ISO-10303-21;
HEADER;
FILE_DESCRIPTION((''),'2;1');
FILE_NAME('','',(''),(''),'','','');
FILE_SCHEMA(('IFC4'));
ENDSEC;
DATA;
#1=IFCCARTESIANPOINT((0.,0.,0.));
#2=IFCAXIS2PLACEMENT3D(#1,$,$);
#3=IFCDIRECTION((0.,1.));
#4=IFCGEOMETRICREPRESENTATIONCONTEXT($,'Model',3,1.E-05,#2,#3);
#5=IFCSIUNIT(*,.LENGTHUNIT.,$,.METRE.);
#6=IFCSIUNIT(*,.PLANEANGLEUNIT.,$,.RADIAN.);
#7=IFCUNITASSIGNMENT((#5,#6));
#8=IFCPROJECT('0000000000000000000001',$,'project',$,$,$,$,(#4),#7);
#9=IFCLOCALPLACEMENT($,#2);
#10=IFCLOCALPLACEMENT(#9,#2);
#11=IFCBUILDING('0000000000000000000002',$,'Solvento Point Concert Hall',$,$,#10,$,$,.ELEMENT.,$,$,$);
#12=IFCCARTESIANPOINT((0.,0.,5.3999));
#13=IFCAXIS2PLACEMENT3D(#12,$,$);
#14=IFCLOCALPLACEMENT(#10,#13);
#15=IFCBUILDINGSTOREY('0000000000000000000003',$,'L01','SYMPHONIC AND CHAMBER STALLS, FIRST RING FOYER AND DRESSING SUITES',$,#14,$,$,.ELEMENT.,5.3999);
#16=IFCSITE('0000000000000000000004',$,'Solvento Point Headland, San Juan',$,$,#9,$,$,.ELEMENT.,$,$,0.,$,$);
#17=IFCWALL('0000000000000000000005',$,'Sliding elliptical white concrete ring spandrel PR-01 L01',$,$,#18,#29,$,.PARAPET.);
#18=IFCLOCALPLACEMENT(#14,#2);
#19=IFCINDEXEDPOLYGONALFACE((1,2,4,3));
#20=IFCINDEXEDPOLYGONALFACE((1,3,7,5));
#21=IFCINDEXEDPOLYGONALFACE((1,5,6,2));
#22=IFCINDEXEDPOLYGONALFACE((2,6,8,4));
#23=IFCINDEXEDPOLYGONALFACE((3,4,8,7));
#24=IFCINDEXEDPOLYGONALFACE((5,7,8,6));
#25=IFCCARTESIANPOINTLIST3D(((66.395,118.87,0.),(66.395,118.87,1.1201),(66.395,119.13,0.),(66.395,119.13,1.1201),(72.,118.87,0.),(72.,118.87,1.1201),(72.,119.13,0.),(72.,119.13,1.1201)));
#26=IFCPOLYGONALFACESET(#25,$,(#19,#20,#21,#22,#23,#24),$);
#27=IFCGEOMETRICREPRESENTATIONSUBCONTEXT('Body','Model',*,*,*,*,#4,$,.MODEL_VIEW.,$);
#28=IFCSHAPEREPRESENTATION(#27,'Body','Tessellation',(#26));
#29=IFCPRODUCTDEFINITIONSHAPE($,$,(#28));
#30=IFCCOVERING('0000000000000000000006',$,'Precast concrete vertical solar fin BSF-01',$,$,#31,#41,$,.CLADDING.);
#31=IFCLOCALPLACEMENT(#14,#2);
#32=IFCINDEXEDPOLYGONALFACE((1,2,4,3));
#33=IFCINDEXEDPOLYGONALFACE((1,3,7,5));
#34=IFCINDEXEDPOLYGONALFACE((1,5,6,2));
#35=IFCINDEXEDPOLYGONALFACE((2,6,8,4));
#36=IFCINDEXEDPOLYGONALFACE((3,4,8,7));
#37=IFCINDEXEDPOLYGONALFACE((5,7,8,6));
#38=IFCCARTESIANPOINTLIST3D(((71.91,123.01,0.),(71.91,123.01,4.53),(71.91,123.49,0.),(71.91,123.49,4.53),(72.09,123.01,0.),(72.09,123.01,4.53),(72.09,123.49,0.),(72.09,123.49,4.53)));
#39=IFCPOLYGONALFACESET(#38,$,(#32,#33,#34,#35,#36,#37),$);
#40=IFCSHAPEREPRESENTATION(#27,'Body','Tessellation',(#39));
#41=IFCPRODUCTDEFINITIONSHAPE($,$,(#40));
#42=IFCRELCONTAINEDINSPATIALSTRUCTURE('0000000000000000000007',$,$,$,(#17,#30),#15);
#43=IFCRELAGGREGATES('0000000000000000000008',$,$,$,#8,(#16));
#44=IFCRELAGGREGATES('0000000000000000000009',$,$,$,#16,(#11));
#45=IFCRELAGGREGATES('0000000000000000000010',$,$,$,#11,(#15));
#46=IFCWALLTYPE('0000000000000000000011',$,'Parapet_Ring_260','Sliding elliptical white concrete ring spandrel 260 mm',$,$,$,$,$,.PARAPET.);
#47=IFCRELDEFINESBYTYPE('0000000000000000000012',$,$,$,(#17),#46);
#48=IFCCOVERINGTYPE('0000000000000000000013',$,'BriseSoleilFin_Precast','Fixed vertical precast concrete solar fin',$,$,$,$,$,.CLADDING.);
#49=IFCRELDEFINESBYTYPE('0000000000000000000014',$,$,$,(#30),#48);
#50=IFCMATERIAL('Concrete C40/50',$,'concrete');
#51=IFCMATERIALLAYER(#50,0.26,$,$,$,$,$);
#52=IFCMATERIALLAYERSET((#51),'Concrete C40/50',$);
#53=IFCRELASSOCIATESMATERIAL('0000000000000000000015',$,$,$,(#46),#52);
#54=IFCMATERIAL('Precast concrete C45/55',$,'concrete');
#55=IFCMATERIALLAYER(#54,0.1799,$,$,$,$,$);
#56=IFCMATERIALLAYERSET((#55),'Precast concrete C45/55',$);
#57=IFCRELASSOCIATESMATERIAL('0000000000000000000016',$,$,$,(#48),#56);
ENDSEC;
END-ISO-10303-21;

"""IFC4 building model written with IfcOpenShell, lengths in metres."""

from ifc_helpers import new_model, si_unit, direction, frame, frame_2d, origin, origin_2d, place, context, subcontext, project, spatial, rectangle, extrude, material, layer, layer_set, type_object, element, save


model = new_model("IFC4")

# Units and contexts
model_context = context("Model", 3, precision=1e-05, world=origin(), true_north=direction((0.0, 1.0)))
body_context = subcontext(model_context, "Body", "Model", "MODEL_VIEW")
ifc_project = project(units=[si_unit("LENGTHUNIT", "METRE"), si_unit("PLANEANGLEUNIT", "RADIAN")], contexts=[model_context])

# Site, building, storey
site_placement = place(None, origin())
site = spatial("IfcSite", under=ifc_project, at=site_placement, Name="Solvento Point Headland, San Juan", CompositionType="ELEMENT", RefElevation=0.0)
building_placement = place(site_placement, origin())
building = spatial("IfcBuilding", under=site, at=building_placement, Name="Solvento Point Concert Hall", CompositionType="ELEMENT")
storey_placement = place(building_placement, frame((0.0, 0.0, 5.3999)))
storey = spatial("IfcBuildingStorey", under=building, at=storey_placement, Name="L01", Description="SYMPHONIC AND CHAMBER STALLS, FIRST RING FOYER AND DRESSING SUITES", CompositionType="ELEMENT", Elevation=5.3999)

# Wall
ifc_material_1 = material(Name="Concrete C40/50", Category="concrete")
ifc_layer_1 = layer(ifc_material_1, 0.26)
ifc_layer_set_1 = layer_set([ifc_layer_1], Name="Concrete C40/50")
wall_type_1 = type_object("IfcWallType", Name="Parapet_Ring_260", Description="Sliding elliptical white concrete ring spandrel 260 mm", PredefinedType="PARAPET", material=ifc_layer_set_1)
wall_1_placement = place(storey_placement, frame((72.0, 119.0, 0.0), z_axis=(0.0, 0.0, 1.0), x_axis=(-1.0, 0.0, 0.0)))
element("IfcWall", 1, at=wall_1_placement, inside=storey, type_object=wall_type_1, Name="Sliding elliptical white concrete ring spandrel PR-01 L01", PredefinedType="PARAPET", context=body_context, shape_type="SweptSolid", body=[
    extrude(rectangle(XDim=5.605, YDim=0.26, at=frame_2d((2.8025, 0.0))), origin(), (0.0, 0.0, 1.0), 1.1201),
])

# Covering
ifc_material_2 = material(Name="Precast concrete C45/55", Category="concrete")
ifc_layer_2 = layer(ifc_material_2, 0.1799)
ifc_layer_set_2 = layer_set([ifc_layer_2], Name="Precast concrete C45/55")
covering_type = type_object("IfcCoveringType", Name="BriseSoleilFin_Precast", Description="Fixed vertical precast concrete solar fin", PredefinedType="CLADDING", material=ifc_layer_set_2)
covering_placement = place(storey_placement, frame((72.0, 123.25, 0.0), z_axis=(0.0, 0.0, 1.0), x_axis=(1.0, 0.0, 0.0)))
element("IfcCovering", 2, at=covering_placement, inside=storey, type_object=covering_type, Name="Precast concrete vertical solar fin BSF-01", PredefinedType="CLADDING", context=body_context, shape_type="SweptSolid", body=[
    extrude(rectangle(XDim=0.1799, YDim=0.48, at=origin_2d()), origin(), (0.0, 0.0, 1.0), 4.53),
])

save(model, "model.ifc")
